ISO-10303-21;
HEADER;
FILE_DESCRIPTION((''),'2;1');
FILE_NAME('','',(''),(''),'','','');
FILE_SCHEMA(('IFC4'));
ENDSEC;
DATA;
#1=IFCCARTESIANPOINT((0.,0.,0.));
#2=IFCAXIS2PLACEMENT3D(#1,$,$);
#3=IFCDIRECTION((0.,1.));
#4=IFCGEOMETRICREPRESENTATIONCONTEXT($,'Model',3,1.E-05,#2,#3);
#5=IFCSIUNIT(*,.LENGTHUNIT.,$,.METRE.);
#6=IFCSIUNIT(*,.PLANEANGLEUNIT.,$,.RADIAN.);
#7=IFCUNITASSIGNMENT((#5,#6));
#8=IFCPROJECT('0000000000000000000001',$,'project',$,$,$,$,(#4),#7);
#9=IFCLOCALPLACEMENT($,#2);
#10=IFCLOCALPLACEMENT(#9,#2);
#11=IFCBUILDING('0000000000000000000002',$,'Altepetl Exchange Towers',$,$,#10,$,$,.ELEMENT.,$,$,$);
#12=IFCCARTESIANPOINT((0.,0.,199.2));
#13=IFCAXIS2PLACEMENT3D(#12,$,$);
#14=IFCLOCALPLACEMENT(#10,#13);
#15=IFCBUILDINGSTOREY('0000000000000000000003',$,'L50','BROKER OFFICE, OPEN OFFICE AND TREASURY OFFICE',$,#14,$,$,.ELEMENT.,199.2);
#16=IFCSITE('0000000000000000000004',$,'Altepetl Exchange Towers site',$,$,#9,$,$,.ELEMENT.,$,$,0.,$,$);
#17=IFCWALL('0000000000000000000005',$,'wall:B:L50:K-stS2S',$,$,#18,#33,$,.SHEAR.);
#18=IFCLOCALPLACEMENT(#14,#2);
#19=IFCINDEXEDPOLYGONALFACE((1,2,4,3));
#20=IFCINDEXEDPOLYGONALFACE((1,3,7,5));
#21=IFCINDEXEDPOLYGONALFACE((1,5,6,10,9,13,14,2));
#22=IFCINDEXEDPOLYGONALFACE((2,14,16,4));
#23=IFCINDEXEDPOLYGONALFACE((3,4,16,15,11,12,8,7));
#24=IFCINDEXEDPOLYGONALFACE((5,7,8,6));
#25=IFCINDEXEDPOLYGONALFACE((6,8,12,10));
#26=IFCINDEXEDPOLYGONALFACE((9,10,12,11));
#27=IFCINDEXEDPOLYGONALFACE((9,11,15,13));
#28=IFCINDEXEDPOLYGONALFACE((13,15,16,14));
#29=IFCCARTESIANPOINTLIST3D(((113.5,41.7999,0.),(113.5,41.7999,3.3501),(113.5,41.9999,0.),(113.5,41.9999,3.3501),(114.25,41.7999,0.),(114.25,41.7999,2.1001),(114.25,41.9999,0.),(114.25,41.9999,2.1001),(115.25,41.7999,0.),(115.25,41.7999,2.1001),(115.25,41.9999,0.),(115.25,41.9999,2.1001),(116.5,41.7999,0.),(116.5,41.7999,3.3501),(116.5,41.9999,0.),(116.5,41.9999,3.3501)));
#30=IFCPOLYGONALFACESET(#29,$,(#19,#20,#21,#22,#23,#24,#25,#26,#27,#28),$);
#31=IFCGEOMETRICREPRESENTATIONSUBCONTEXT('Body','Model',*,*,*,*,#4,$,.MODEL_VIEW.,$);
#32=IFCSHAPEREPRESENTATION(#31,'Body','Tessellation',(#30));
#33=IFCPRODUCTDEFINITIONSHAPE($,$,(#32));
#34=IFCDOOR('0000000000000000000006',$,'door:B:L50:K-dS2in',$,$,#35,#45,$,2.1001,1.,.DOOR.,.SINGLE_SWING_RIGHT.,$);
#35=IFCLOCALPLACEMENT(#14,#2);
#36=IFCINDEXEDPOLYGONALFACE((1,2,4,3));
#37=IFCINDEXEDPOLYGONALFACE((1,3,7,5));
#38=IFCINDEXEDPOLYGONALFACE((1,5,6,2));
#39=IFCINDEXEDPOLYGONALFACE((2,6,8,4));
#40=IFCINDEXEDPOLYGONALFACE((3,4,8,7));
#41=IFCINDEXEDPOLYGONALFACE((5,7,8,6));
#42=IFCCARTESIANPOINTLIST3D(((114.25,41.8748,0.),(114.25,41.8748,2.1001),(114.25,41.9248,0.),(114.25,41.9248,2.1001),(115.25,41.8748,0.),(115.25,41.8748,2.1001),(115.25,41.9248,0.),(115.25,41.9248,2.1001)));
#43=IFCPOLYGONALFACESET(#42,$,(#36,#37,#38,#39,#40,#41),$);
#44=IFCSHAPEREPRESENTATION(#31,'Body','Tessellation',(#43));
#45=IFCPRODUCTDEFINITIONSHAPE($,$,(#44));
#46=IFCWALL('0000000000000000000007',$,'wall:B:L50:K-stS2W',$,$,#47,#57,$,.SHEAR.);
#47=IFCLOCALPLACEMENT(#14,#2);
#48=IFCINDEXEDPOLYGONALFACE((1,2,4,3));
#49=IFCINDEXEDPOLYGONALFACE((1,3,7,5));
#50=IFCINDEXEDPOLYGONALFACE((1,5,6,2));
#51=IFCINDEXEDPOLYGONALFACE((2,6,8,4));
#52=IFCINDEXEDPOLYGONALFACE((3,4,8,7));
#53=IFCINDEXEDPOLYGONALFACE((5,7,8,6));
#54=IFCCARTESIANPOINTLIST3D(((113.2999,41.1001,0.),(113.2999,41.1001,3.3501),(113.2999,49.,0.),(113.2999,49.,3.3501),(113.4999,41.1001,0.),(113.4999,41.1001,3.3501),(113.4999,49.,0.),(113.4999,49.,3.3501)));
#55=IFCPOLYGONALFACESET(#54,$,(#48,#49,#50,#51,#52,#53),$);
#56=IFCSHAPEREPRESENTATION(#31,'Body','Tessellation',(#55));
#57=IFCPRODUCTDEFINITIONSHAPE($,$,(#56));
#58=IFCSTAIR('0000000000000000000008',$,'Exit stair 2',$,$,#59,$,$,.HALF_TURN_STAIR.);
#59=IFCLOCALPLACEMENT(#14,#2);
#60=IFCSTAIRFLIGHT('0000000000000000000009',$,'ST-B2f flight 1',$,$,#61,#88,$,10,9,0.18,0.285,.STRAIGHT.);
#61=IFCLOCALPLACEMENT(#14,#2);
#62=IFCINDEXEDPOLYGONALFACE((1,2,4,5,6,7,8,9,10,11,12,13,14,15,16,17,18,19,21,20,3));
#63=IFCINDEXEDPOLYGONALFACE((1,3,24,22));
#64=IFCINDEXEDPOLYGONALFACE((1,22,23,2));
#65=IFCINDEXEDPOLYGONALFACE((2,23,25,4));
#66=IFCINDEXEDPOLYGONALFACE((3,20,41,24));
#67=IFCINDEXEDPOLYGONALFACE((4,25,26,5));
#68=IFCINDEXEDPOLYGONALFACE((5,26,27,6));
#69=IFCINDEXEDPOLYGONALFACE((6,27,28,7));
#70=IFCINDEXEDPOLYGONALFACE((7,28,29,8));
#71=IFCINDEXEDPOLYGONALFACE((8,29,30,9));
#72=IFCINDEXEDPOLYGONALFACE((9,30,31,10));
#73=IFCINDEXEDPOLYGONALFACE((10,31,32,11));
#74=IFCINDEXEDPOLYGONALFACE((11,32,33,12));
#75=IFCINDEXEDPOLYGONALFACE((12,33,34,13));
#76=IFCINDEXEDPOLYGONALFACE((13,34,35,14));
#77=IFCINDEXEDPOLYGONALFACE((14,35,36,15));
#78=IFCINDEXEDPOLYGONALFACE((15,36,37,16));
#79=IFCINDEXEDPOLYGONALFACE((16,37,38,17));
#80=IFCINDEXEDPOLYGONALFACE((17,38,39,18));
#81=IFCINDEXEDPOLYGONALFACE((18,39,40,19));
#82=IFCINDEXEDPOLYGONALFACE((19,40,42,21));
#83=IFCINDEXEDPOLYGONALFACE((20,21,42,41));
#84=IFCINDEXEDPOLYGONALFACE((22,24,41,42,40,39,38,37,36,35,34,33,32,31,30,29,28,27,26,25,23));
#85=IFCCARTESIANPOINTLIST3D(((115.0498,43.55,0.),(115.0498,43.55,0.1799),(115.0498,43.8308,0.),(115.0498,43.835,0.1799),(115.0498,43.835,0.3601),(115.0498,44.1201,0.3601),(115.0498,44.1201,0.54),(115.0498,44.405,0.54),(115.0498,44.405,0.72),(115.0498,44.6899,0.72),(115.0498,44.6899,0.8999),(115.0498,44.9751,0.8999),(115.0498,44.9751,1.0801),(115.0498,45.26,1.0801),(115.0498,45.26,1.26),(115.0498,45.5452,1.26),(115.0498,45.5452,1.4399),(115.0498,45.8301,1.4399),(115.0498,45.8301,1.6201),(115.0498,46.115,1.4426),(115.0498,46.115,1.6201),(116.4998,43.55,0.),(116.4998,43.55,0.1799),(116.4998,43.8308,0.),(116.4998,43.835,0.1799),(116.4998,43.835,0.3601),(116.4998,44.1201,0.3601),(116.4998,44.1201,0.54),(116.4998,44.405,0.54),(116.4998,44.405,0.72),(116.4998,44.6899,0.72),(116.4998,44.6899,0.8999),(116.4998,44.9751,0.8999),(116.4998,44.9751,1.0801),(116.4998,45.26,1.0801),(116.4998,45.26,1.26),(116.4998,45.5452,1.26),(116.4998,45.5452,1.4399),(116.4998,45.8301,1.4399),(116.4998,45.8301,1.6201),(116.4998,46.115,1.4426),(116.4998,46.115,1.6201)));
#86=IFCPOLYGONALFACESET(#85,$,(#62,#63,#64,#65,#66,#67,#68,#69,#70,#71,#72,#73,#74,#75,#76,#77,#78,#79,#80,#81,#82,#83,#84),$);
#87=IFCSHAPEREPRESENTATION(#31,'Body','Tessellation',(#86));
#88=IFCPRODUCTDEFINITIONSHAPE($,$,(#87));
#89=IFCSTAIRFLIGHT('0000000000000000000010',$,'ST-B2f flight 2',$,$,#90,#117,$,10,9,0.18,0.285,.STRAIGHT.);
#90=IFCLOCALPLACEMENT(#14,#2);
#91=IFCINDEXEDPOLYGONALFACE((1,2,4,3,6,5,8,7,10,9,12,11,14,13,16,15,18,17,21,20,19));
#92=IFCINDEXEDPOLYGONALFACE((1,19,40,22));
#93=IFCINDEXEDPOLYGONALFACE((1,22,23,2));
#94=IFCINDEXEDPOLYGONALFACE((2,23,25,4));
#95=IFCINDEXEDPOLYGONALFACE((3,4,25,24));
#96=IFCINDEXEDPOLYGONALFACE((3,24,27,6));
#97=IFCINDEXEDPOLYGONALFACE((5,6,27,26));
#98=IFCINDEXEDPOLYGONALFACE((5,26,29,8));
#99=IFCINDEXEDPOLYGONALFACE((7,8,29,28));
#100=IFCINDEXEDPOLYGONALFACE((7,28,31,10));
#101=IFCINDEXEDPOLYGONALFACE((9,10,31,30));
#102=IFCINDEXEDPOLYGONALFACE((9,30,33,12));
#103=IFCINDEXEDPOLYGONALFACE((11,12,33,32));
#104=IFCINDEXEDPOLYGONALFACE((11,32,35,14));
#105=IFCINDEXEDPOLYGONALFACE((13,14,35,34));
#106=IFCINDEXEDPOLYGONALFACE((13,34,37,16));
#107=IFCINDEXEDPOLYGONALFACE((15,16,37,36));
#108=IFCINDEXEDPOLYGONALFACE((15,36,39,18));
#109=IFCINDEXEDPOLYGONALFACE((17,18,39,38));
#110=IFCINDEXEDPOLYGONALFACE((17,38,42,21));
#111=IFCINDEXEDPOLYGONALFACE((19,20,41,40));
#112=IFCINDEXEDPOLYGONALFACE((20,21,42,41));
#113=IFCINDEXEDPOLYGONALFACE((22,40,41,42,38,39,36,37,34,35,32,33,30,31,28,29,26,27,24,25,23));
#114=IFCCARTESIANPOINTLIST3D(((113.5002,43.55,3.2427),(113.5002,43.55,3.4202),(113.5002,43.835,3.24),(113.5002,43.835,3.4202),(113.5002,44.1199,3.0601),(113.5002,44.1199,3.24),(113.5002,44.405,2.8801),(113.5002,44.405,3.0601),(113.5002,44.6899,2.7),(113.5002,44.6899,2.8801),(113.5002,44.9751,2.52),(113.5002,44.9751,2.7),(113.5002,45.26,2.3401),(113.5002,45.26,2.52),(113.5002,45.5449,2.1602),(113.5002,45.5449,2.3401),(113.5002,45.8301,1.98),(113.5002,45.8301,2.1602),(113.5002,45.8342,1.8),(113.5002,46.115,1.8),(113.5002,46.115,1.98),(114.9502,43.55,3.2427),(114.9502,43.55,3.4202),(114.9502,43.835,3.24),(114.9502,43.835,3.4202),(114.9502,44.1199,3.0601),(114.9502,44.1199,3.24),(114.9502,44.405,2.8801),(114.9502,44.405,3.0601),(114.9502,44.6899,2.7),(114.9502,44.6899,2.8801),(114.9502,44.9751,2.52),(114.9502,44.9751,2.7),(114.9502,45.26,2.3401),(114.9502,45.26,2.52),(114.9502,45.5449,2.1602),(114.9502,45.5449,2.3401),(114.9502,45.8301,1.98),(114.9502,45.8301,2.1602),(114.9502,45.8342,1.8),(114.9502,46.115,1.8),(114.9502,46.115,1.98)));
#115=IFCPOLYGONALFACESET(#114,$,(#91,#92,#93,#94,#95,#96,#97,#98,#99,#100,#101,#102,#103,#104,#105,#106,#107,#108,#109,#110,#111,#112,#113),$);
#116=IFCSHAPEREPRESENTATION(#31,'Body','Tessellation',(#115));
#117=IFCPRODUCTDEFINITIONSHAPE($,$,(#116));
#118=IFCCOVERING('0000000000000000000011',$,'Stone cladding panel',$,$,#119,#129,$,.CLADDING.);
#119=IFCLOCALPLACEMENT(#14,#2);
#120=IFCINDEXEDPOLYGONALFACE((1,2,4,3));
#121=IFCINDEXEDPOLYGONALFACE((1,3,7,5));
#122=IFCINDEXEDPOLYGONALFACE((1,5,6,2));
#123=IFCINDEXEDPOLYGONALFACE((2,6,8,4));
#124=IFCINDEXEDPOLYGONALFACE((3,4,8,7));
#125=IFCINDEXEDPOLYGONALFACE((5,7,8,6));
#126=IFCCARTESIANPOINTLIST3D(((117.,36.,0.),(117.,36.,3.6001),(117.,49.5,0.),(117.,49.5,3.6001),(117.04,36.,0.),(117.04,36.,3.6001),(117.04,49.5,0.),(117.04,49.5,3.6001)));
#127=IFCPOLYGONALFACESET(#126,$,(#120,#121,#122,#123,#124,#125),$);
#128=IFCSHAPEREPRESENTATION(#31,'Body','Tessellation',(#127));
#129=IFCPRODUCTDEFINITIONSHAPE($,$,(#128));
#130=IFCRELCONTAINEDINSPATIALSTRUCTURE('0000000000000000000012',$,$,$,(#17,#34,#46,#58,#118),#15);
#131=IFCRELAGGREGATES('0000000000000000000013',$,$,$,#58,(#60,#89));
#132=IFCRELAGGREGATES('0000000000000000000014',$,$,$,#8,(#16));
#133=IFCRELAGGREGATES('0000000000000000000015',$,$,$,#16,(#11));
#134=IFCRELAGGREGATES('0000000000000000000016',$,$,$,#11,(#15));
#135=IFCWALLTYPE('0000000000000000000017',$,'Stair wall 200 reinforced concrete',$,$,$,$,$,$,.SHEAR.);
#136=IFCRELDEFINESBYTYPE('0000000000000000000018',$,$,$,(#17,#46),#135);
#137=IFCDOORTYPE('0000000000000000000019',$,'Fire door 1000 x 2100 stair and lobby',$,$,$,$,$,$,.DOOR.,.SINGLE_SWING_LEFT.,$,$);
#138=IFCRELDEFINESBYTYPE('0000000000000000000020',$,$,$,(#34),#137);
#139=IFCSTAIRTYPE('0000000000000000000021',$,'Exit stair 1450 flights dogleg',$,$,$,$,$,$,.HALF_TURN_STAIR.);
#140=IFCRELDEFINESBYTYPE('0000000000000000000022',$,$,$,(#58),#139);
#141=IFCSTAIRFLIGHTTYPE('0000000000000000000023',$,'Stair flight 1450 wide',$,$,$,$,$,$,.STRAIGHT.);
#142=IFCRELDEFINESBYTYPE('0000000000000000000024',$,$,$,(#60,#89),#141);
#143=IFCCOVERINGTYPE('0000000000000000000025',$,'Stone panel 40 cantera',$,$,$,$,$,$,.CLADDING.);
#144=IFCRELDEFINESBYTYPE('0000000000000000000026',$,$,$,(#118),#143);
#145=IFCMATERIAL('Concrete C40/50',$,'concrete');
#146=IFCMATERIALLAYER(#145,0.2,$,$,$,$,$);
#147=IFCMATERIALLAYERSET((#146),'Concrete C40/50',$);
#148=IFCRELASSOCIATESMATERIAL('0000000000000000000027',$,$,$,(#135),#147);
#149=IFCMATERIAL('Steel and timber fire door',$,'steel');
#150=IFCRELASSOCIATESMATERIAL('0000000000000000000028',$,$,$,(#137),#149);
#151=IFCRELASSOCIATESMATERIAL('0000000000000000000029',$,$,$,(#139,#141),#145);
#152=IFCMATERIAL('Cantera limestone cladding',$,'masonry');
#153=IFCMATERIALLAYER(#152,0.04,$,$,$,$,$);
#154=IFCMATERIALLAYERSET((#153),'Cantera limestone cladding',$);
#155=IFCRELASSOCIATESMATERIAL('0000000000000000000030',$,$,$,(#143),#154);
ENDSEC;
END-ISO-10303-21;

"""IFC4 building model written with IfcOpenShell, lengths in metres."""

from ifc_helpers import new_model, si_unit, direction, frame, frame_2d, origin, origin_2d, place, context, subcontext, project, spatial, polyline, rectangle, outline, extrude, material, layer, layer_set, type_object, element, fill, aggregate, save


model = new_model("IFC4")

# Units and contexts
model_context = context("Model", 3, precision=1e-05, world=origin(), true_north=direction((0.0, 1.0)))
body_context = subcontext(model_context, "Body", "Model", "MODEL_VIEW")
ifc_project = project(units=[si_unit("LENGTHUNIT", "METRE"), si_unit("PLANEANGLEUNIT", "RADIAN")], contexts=[model_context])

# Site, building, storey
site_placement = place(None, origin())
site = spatial("IfcSite", under=ifc_project, at=site_placement, Name="Altepetl Exchange Towers site", CompositionType="ELEMENT", RefElevation=0.0)
building_placement = place(site_placement, origin())
building = spatial("IfcBuilding", under=site, at=building_placement, Name="Altepetl Exchange Towers", CompositionType="ELEMENT")
storey_placement = place(building_placement, frame((0.0, 0.0, 199.2)))
storey = spatial("IfcBuildingStorey", under=building, at=storey_placement, Name="L50", Description="BROKER OFFICE, OPEN OFFICE AND TREASURY OFFICE", CompositionType="ELEMENT", Elevation=199.2)

# Shared definitions
ifc_material_1 = material(Name="Steel and timber fire door", Category="steel")

# Shared definitions
ifc_material_2 = material(Name="Concrete C40/50", Category="concrete")

# Wall, opening, door
ifc_layer_1 = layer(ifc_material_2, 0.2)
ifc_layer_set_1 = layer_set([ifc_layer_1], Name="Concrete C40/50")
wall_type_1 = type_object("IfcWallType", Name="Stair wall 200 reinforced concrete", PredefinedType="SHEAR", material=ifc_layer_set_1)
wall_1_placement = place(storey_placement, frame((113.5, 41.8999, 0.0)))
wall_1 = element("IfcWall", 1, at=wall_1_placement, inside=storey, type_object=wall_type_1, Name="wall:B:L50:K-stS2S", PredefinedType="SHEAR", context=body_context, shape_type="SweptSolid", body=[
    extrude(rectangle(XDim=3.0, YDim=0.2, at=frame_2d((1.5, 0.0))), origin(), (0.0, 0.0, 1.0), 3.3501),
])
opening_1_placement = place(wall_1_placement, frame((0.75, 0.0, 0.0)))
opening_1 = element("IfcOpeningElement", 2, at=opening_1_placement, cuts=wall_1, PredefinedType="OPENING", context=body_context, shape_type="SweptSolid", body=[
    extrude(rectangle(XDim=1.0, YDim=2.1001, at=frame_2d((0.5, 1.05))), frame((0.0, 0.1099, 0.0), z_axis=(0.0, -1.0, 0.0), x_axis=(1.0, 0.0, 0.0)), (0.0, 0.0, 1.0), 0.22),
])
door_type_1 = type_object("IfcDoorType", Name="Fire door 1000 x 2100 stair and lobby", OperationType="SINGLE_SWING_LEFT", PredefinedType="DOOR", material=ifc_material_1)
door_1_placement = place(opening_1_placement, origin())
door_1 = element("IfcDoor", 3, at=door_1_placement, inside=storey, type_object=door_type_1, Name="door:B:L50:K-dS2in", OperationType="SINGLE_SWING_RIGHT", OverallHeight=2.1001, OverallWidth=1.0, PredefinedType="DOOR", context=body_context, shape_type="SweptSolid", body=[
    extrude(rectangle(XDim=1.0, YDim=2.1001, at=frame_2d((0.5, 1.05))), frame((0.0, 0.0249, 0.0), z_axis=(0.0, -1.0, 0.0), x_axis=(1.0, 0.0, 0.0)), (0.0, 0.0, 1.0), 0.05),
])
fill(opening_1, door_1)

# Wall
wall_2_placement = place(storey_placement, frame((113.3999, 41.1001, 0.0), z_axis=(0.0, 0.0, 1.0), x_axis=(0.0, 1.0, 0.0)))
element("IfcWall", 4, at=wall_2_placement, inside=storey, type_object=wall_type_1, Name="wall:B:L50:K-stS2W", PredefinedType="SHEAR", context=body_context, shape_type="SweptSolid", body=[
    extrude(rectangle(XDim=7.8999, YDim=0.2, at=frame_2d((3.95, 0.0))), origin(), (0.0, 0.0, 1.0), 3.3501),
])

# Stair, stair flights
stair_type = type_object("IfcStairType", Name="Exit stair 1450 flights dogleg", PredefinedType="HALF_TURN_STAIR", material=ifc_material_2)
stair_placement = place(storey_placement, origin())
stair = element("IfcStair", 5, at=stair_placement, inside=storey, type_object=stair_type, Name="Exit stair 2", PredefinedType="HALF_TURN_STAIR")
stair_flight_type = type_object("IfcStairFlightType", Name="Stair flight 1450 wide", PredefinedType="STRAIGHT", material=ifc_material_2)
stair_flight_1_placement = place(storey_placement, frame((115.7749, 43.55, 0.0), z_axis=(0.0, 0.0, 1.0), x_axis=(0.0, 1.0, 0.0)))
stair_flight_1 = element("IfcStairFlight", 6, at=stair_flight_1_placement, type_object=stair_flight_type, Name="ST-B2f flight 1", NumberOfRisers=10, NumberOfTreads=9, PredefinedType="STRAIGHT", RiserHeight=0.18, TreadLength=0.285, context=body_context, shape_type="SweptSolid", body=[
    extrude(outline(polyline([(0.0, 0.0), (0.0, 0.1799), (0.2849, 0.1799), (0.2849, 0.3601), (0.5701, 0.3601), (0.5701, 0.54), (0.855, 0.54), (0.855, 0.72), (1.1399, 0.72), (1.1399, 0.8999), (1.425, 0.8999), (1.425, 1.0801), (1.71, 1.0801), (1.71, 1.26), (1.9951, 1.26), (1.9951, 1.4399), (2.28, 1.4399), (2.28, 1.6201), (2.5649, 1.6201), (2.5649, 1.8), (2.5649, 1.4426), (0.2808, 0.0), (0.0, 0.0)])), frame((0.0, 0.7251, 0.0), z_axis=(0.0, -1.0, 0.0), x_axis=(1.0, 0.0, 0.0)), (0.0, 0.0, 1.0), 1.45),
])
stair_flight_2_placement = place(storey_placement, frame((114.2251, 46.115, 1.8), z_axis=(0.0, 0.0, 1.0), x_axis=(0.0, -1.0, 0.0)))
stair_flight_2 = element("IfcStairFlight", 7, at=stair_flight_2_placement, type_object=stair_flight_type, Name="ST-B2f flight 2", NumberOfRisers=10, NumberOfTreads=9, PredefinedType="STRAIGHT", RiserHeight=0.18, TreadLength=0.285, context=body_context, shape_type="SweptSolid", body=[
    extrude(outline(polyline([(0.0, 0.0), (0.0, 0.1799), (0.2849, 0.1799), (0.2849, 0.3601), (0.5701, 0.3601), (0.5701, 0.54), (0.855, 0.54), (0.855, 0.72), (1.1399, 0.72), (1.1399, 0.8999), (1.425, 0.8999), (1.425, 1.0801), (1.71, 1.0801), (1.71, 1.26), (1.9951, 1.26), (1.9951, 1.4399), (2.28, 1.4399), (2.28, 1.6201), (2.5649, 1.6201), (2.5649, 1.8), (2.5649, 1.4426), (0.2808, 0.0), (0.0, 0.0)])), frame((0.0, 0.7251, 0.0), z_axis=(0.0, -1.0, 0.0), x_axis=(1.0, 0.0, 0.0)), (0.0, 0.0, 1.0), 1.45),
])
aggregate(stair, [stair_flight_1, stair_flight_2])

# Covering
ifc_material_3 = material(Name="Cantera limestone cladding", Category="masonry")
ifc_layer_2 = layer(ifc_material_3, 0.04)
ifc_layer_set_2 = layer_set([ifc_layer_2], Name="Cantera limestone cladding")
covering_type = type_object("IfcCoveringType", Name="Stone panel 40 cantera", PredefinedType="CLADDING", material=ifc_layer_set_2)
covering_placement = place(storey_placement, frame((117.02, 42.75, 0.0), z_axis=(0.0, 0.0, 1.0), x_axis=(0.0, 1.0, 0.0)))
element("IfcCovering", 8, at=covering_placement, inside=storey, type_object=covering_type, Name="Stone cladding panel", PredefinedType="CLADDING", context=body_context, shape_type="SweptSolid", body=[
    extrude(rectangle(XDim=13.5, YDim=0.04, at=origin_2d()), origin(), (0.0, 0.0, 1.0), 3.6001),
])

save(model, "model.ifc")
